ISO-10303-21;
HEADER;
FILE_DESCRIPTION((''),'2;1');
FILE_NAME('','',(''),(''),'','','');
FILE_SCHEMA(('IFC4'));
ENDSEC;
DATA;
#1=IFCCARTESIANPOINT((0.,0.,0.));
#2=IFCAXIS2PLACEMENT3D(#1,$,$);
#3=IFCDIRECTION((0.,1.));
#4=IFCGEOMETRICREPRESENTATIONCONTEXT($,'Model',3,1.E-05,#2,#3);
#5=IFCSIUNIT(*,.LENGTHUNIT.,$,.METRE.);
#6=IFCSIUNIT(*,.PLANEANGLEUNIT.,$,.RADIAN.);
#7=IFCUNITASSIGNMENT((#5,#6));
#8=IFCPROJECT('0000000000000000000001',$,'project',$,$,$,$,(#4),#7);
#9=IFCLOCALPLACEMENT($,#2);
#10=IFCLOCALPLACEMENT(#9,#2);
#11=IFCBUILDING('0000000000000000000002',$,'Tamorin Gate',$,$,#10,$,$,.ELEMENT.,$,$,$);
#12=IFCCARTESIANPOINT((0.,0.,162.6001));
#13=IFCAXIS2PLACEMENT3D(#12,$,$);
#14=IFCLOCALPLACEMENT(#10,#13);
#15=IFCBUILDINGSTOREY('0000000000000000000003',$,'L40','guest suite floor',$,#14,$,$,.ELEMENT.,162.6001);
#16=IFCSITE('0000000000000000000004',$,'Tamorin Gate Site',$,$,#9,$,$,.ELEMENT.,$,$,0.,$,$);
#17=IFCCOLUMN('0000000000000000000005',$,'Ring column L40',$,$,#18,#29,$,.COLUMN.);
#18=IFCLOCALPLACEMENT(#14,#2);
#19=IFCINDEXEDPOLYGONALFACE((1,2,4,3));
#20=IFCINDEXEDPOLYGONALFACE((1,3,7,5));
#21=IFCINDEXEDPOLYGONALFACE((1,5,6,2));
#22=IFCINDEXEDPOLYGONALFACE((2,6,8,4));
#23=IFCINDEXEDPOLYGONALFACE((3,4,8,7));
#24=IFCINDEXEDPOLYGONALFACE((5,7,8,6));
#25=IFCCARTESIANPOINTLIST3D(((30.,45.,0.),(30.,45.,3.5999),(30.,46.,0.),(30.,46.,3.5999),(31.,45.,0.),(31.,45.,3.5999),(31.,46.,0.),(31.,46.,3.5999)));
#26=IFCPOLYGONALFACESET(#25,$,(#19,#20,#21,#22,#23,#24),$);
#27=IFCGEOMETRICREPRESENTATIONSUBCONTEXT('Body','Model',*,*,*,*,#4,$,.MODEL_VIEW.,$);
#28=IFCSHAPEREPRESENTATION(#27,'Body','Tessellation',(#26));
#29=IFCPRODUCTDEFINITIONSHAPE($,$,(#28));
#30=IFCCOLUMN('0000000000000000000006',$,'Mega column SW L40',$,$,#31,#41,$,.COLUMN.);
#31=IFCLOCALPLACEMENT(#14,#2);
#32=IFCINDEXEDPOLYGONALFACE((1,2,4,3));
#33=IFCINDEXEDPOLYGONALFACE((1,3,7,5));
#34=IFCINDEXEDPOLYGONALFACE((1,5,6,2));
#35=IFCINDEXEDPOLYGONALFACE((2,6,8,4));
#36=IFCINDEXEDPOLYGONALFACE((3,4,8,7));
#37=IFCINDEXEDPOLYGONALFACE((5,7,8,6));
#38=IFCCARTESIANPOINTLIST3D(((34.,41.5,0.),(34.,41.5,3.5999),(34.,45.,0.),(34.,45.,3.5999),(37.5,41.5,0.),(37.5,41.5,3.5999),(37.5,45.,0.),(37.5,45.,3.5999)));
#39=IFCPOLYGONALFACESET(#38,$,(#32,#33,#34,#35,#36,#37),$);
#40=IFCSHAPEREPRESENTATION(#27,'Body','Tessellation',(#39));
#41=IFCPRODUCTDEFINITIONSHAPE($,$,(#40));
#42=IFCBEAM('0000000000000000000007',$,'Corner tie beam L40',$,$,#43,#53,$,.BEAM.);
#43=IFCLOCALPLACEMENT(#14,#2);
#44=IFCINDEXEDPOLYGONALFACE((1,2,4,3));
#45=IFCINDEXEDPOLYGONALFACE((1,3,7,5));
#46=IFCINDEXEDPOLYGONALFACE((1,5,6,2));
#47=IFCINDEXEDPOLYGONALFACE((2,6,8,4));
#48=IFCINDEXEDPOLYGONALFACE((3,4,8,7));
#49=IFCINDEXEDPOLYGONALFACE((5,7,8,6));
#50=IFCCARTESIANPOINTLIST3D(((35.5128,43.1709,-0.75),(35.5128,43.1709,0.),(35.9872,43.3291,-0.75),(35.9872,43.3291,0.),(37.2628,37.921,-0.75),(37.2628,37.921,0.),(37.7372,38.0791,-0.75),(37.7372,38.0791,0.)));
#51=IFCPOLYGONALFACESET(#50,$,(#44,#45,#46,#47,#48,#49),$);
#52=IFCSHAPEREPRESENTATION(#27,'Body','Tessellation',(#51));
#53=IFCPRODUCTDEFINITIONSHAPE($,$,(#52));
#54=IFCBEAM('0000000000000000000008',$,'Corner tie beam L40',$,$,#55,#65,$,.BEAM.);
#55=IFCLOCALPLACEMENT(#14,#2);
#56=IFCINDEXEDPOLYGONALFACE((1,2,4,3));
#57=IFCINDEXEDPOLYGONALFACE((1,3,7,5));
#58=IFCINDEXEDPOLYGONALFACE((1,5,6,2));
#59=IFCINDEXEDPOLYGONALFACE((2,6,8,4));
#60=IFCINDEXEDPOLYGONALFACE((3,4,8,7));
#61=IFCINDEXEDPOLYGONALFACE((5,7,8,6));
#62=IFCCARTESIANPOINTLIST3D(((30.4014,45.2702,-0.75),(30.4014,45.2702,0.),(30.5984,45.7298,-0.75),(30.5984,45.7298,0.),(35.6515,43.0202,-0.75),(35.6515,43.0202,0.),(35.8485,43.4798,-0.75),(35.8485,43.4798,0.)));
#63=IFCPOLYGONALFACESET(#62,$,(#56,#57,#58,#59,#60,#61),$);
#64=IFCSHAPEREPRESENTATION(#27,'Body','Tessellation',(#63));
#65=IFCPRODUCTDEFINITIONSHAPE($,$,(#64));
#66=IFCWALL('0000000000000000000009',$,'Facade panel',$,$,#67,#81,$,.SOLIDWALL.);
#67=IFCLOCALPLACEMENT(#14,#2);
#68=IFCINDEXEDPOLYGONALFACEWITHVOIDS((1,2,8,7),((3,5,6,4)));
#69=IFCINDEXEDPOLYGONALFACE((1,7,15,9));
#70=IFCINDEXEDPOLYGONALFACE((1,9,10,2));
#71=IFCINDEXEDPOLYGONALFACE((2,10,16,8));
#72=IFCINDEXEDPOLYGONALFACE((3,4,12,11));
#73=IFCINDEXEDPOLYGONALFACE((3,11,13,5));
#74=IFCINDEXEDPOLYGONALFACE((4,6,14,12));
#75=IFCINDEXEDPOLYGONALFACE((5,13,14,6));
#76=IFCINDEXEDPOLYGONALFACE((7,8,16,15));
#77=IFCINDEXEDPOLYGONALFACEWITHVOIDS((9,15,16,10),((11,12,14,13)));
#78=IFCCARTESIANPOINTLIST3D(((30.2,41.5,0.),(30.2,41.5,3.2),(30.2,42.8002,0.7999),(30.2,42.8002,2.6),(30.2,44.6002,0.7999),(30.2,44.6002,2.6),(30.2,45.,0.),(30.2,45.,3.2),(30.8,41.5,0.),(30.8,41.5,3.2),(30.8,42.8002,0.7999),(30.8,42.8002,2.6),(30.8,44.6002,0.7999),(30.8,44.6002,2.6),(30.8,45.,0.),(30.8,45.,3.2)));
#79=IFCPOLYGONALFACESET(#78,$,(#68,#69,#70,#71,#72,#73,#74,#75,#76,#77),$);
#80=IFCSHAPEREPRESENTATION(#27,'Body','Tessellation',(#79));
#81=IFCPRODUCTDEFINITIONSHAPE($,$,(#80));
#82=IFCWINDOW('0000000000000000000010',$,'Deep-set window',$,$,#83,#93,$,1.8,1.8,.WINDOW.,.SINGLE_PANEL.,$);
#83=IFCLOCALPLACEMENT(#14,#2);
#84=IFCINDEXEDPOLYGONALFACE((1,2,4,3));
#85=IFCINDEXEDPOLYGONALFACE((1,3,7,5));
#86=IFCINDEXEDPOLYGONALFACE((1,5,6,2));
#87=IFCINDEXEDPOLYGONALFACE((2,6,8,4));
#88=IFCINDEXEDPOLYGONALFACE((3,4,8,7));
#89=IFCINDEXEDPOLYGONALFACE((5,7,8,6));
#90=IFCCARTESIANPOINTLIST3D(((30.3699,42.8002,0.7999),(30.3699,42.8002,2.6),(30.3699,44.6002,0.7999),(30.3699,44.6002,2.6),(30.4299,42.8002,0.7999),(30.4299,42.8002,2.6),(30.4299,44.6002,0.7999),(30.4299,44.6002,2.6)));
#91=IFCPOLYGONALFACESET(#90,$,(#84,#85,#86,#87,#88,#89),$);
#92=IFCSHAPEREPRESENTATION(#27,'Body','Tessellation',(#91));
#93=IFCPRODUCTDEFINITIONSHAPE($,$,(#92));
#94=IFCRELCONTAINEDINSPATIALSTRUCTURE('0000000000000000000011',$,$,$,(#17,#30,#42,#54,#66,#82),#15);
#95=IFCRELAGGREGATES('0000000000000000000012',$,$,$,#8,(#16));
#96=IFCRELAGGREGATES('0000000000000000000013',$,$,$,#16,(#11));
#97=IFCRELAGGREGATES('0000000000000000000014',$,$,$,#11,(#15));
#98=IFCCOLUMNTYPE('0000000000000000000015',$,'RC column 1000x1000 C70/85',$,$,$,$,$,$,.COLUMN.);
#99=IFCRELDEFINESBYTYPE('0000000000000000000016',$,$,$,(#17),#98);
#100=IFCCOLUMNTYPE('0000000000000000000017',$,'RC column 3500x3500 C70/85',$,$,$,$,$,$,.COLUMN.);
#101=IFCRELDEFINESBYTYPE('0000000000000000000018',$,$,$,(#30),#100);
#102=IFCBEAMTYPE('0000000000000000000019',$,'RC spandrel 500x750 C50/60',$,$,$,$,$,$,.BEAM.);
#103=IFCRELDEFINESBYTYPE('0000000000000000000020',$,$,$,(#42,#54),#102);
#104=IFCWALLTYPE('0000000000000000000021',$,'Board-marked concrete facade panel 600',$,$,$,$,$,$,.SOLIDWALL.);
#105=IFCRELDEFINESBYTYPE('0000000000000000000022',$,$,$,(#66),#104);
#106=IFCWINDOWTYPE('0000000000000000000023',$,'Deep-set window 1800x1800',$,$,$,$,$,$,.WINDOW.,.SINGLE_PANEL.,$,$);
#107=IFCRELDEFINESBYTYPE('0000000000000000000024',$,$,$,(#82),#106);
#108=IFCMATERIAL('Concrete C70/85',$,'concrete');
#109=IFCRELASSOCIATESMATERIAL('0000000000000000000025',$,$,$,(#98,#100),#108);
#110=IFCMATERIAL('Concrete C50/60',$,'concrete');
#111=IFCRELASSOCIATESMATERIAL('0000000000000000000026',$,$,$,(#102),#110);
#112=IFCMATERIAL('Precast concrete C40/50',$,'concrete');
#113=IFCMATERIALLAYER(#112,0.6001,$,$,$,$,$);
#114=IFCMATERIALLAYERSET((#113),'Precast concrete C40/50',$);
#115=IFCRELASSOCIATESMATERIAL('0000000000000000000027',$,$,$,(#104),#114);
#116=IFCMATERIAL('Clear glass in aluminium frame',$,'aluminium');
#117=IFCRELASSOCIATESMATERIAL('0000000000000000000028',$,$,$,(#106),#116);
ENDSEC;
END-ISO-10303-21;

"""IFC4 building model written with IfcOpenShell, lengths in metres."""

from ifc_helpers import new_model, si_unit, direction, frame, frame_2d, origin, origin_2d, place, context, subcontext, project, spatial, rectangle, extrude, material, layer, layer_set, material_profile, profile_set, type_object, element, fill, save


model = new_model("IFC4")

# Units and contexts
model_context = context("Model", 3, precision=1e-05, world=origin(), true_north=direction((0.0, 1.0)))
body_context = subcontext(model_context, "Body", "Model", "MODEL_VIEW")
ifc_project = project(units=[si_unit("LENGTHUNIT", "METRE"), si_unit("PLANEANGLEUNIT", "RADIAN")], contexts=[model_context])

# Site, building, storey
site_placement = place(None, origin())
site = spatial("IfcSite", under=ifc_project, at=site_placement, Name="Tamorin Gate Site", CompositionType="ELEMENT", RefElevation=0.0)
building_placement = place(site_placement, origin())
building = spatial("IfcBuilding", under=site, at=building_placement, Name="Tamorin Gate", CompositionType="ELEMENT")
storey_placement = place(building_placement, frame((0.0, 0.0, 162.6001)))
storey = spatial("IfcBuildingStorey", under=building, at=storey_placement, Name="L40", Description="guest suite floor", CompositionType="ELEMENT", Elevation=162.6001)

# Columns
ifc_material_1 = material(Name="Concrete C70/85", Category="concrete")
ifc_material_profile_1 = material_profile(ifc_material_1, rectangle(XDim=1.0, YDim=1.0, at=origin_2d()), Name="RC 1000x1000")
ifc_profile_set_1 = profile_set([ifc_material_profile_1], Name="Concrete C70/85")
column_type_1 = type_object("IfcColumnType", Name="RC column 1000x1000 C70/85", PredefinedType="COLUMN", material=ifc_profile_set_1)
column_1_placement = place(storey_placement, frame((30.5, 45.5, 0.0), z_axis=(0.0, 0.0, 1.0), x_axis=(1.0, 0.0, 0.0)))
element("IfcColumn", 1, at=column_1_placement, inside=storey, type_object=column_type_1, Name="Ring column L40", PredefinedType="COLUMN", context=body_context, shape_type="SweptSolid", body=[
    extrude(rectangle(XDim=1.0, YDim=1.0, at=origin_2d()), origin(), (0.0, 0.0, 1.0), 3.5999),
])
ifc_material_profile_2 = material_profile(ifc_material_1, rectangle(XDim=3.5, YDim=3.5, at=origin_2d()), Name="RC 3500x3500")
ifc_profile_set_2 = profile_set([ifc_material_profile_2], Name="Concrete C70/85")
column_type_2 = type_object("IfcColumnType", Name="RC column 3500x3500 C70/85", PredefinedType="COLUMN", material=ifc_profile_set_2)
column_2_placement = place(storey_placement, frame((35.75, 43.25, 0.0), z_axis=(0.0, 0.0, 1.0), x_axis=(1.0, 0.0, 0.0)))
element("IfcColumn", 2, at=column_2_placement, inside=storey, type_object=column_type_2, Name="Mega column SW L40", PredefinedType="COLUMN", context=body_context, shape_type="SweptSolid", body=[
    extrude(rectangle(XDim=3.5, YDim=3.5, at=origin_2d()), origin(), (0.0, 0.0, 1.0), 3.5999),
])

# Beams
ifc_material_2 = material(Name="Concrete C50/60", Category="concrete")
ifc_material_profile_3 = material_profile(ifc_material_2, rectangle(XDim=0.5, YDim=0.75, at=origin_2d()), Name="RC 500x750")
ifc_profile_set_3 = profile_set([ifc_material_profile_3], Name="Concrete C50/60")
beam_type = type_object("IfcBeamType", Name="RC spandrel 500x750 C50/60", PredefinedType="BEAM", material=ifc_profile_set_3)
beam_1_placement = place(storey_placement, frame((35.75, 43.25, -0.375), z_axis=(0.316228, -0.948683, 0.0), x_axis=(0.948683, 0.316228, 0.0)))
element("IfcBeam", 3, at=beam_1_placement, inside=storey, type_object=beam_type, Name="Corner tie beam L40", PredefinedType="BEAM", context=body_context, shape_type="SweptSolid", body=[
    extrude(rectangle(XDim=0.5, YDim=0.75, at=origin_2d()), origin(), (0.0, 0.0, 1.0), 5.5339),
])
beam_2_placement = place(storey_placement, frame((35.75, 43.25, -0.375), z_axis=(-0.919145, 0.393919, 0.0), x_axis=(-0.393919, -0.919145, 0.0)))
element("IfcBeam", 4, at=beam_2_placement, inside=storey, type_object=beam_type, Name="Corner tie beam L40", PredefinedType="BEAM", context=body_context, shape_type="SweptSolid", body=[
    extrude(rectangle(XDim=0.5, YDim=0.75, at=origin_2d()), origin(), (0.0, 0.0, 1.0), 5.7119),
])

# Wall, opening, window
ifc_material_3 = material(Name="Precast concrete C40/50", Category="concrete")
ifc_layer_1 = layer(ifc_material_3, 0.6001)
ifc_layer_set_1 = layer_set([ifc_layer_1], Name="Precast concrete C40/50")
wall_type_1 = type_object("IfcWallType", Name="Board-marked concrete facade panel 600", PredefinedType="SOLIDWALL", material=ifc_layer_set_1)
wall_1_placement = place(storey_placement, frame((30.5, 45.0, 0.0), z_axis=(0.0, 0.0, 1.0), x_axis=(0.0, -1.0, 0.0)))
wall_1 = element("IfcWall", 5, at=wall_1_placement, inside=storey, type_object=wall_type_1, Name="Facade panel", PredefinedType="SOLIDWALL", context=body_context, shape_type="SweptSolid", body=[
    extrude(rectangle(XDim=3.5, YDim=0.6001, at=frame_2d((1.75, 0.0))), origin(), (0.0, 0.0, 1.0), 3.2),
])
opening_1_placement = place(wall_1_placement, frame((0.3999, 0.0, 0.8)))
opening_1 = element("IfcOpeningElement", 6, at=opening_1_placement, cuts=wall_1, PredefinedType="OPENING", context=body_context, shape_type="SweptSolid", body=[
    extrude(rectangle(XDim=1.8, YDim=1.8, at=frame_2d((0.8999, 0.8999))), frame((0.0, 0.3101, 0.0), z_axis=(0.0, -1.0, 0.0), x_axis=(1.0, 0.0, 0.0)), (0.0, 0.0, 1.0), 0.6201),
])
ifc_material_4 = material(Name="Clear glass in aluminium frame", Category="aluminium")
window_type = type_object("IfcWindowType", Name="Deep-set window 1800x1800", PartitioningType="SINGLE_PANEL", PredefinedType="WINDOW", material=ifc_material_4)
window_placement = place(opening_1_placement, origin())
window = element("IfcWindow", 7, at=window_placement, inside=storey, type_object=window_type, Name="Deep-set window", OverallHeight=1.8, OverallWidth=1.8, PartitioningType="SINGLE_PANEL", PredefinedType="WINDOW", context=body_context, shape_type="SweptSolid", body=[
    extrude(rectangle(XDim=1.8, YDim=1.8, at=frame_2d((0.8999, 0.8999))), frame((0.0, -0.0701, 0.0), z_axis=(0.0, -1.0, 0.0), x_axis=(1.0, 0.0, 0.0)), (0.0, 0.0, 1.0), 0.0601),
])
fill(opening_1, window)

save(model, "model.ifc")
